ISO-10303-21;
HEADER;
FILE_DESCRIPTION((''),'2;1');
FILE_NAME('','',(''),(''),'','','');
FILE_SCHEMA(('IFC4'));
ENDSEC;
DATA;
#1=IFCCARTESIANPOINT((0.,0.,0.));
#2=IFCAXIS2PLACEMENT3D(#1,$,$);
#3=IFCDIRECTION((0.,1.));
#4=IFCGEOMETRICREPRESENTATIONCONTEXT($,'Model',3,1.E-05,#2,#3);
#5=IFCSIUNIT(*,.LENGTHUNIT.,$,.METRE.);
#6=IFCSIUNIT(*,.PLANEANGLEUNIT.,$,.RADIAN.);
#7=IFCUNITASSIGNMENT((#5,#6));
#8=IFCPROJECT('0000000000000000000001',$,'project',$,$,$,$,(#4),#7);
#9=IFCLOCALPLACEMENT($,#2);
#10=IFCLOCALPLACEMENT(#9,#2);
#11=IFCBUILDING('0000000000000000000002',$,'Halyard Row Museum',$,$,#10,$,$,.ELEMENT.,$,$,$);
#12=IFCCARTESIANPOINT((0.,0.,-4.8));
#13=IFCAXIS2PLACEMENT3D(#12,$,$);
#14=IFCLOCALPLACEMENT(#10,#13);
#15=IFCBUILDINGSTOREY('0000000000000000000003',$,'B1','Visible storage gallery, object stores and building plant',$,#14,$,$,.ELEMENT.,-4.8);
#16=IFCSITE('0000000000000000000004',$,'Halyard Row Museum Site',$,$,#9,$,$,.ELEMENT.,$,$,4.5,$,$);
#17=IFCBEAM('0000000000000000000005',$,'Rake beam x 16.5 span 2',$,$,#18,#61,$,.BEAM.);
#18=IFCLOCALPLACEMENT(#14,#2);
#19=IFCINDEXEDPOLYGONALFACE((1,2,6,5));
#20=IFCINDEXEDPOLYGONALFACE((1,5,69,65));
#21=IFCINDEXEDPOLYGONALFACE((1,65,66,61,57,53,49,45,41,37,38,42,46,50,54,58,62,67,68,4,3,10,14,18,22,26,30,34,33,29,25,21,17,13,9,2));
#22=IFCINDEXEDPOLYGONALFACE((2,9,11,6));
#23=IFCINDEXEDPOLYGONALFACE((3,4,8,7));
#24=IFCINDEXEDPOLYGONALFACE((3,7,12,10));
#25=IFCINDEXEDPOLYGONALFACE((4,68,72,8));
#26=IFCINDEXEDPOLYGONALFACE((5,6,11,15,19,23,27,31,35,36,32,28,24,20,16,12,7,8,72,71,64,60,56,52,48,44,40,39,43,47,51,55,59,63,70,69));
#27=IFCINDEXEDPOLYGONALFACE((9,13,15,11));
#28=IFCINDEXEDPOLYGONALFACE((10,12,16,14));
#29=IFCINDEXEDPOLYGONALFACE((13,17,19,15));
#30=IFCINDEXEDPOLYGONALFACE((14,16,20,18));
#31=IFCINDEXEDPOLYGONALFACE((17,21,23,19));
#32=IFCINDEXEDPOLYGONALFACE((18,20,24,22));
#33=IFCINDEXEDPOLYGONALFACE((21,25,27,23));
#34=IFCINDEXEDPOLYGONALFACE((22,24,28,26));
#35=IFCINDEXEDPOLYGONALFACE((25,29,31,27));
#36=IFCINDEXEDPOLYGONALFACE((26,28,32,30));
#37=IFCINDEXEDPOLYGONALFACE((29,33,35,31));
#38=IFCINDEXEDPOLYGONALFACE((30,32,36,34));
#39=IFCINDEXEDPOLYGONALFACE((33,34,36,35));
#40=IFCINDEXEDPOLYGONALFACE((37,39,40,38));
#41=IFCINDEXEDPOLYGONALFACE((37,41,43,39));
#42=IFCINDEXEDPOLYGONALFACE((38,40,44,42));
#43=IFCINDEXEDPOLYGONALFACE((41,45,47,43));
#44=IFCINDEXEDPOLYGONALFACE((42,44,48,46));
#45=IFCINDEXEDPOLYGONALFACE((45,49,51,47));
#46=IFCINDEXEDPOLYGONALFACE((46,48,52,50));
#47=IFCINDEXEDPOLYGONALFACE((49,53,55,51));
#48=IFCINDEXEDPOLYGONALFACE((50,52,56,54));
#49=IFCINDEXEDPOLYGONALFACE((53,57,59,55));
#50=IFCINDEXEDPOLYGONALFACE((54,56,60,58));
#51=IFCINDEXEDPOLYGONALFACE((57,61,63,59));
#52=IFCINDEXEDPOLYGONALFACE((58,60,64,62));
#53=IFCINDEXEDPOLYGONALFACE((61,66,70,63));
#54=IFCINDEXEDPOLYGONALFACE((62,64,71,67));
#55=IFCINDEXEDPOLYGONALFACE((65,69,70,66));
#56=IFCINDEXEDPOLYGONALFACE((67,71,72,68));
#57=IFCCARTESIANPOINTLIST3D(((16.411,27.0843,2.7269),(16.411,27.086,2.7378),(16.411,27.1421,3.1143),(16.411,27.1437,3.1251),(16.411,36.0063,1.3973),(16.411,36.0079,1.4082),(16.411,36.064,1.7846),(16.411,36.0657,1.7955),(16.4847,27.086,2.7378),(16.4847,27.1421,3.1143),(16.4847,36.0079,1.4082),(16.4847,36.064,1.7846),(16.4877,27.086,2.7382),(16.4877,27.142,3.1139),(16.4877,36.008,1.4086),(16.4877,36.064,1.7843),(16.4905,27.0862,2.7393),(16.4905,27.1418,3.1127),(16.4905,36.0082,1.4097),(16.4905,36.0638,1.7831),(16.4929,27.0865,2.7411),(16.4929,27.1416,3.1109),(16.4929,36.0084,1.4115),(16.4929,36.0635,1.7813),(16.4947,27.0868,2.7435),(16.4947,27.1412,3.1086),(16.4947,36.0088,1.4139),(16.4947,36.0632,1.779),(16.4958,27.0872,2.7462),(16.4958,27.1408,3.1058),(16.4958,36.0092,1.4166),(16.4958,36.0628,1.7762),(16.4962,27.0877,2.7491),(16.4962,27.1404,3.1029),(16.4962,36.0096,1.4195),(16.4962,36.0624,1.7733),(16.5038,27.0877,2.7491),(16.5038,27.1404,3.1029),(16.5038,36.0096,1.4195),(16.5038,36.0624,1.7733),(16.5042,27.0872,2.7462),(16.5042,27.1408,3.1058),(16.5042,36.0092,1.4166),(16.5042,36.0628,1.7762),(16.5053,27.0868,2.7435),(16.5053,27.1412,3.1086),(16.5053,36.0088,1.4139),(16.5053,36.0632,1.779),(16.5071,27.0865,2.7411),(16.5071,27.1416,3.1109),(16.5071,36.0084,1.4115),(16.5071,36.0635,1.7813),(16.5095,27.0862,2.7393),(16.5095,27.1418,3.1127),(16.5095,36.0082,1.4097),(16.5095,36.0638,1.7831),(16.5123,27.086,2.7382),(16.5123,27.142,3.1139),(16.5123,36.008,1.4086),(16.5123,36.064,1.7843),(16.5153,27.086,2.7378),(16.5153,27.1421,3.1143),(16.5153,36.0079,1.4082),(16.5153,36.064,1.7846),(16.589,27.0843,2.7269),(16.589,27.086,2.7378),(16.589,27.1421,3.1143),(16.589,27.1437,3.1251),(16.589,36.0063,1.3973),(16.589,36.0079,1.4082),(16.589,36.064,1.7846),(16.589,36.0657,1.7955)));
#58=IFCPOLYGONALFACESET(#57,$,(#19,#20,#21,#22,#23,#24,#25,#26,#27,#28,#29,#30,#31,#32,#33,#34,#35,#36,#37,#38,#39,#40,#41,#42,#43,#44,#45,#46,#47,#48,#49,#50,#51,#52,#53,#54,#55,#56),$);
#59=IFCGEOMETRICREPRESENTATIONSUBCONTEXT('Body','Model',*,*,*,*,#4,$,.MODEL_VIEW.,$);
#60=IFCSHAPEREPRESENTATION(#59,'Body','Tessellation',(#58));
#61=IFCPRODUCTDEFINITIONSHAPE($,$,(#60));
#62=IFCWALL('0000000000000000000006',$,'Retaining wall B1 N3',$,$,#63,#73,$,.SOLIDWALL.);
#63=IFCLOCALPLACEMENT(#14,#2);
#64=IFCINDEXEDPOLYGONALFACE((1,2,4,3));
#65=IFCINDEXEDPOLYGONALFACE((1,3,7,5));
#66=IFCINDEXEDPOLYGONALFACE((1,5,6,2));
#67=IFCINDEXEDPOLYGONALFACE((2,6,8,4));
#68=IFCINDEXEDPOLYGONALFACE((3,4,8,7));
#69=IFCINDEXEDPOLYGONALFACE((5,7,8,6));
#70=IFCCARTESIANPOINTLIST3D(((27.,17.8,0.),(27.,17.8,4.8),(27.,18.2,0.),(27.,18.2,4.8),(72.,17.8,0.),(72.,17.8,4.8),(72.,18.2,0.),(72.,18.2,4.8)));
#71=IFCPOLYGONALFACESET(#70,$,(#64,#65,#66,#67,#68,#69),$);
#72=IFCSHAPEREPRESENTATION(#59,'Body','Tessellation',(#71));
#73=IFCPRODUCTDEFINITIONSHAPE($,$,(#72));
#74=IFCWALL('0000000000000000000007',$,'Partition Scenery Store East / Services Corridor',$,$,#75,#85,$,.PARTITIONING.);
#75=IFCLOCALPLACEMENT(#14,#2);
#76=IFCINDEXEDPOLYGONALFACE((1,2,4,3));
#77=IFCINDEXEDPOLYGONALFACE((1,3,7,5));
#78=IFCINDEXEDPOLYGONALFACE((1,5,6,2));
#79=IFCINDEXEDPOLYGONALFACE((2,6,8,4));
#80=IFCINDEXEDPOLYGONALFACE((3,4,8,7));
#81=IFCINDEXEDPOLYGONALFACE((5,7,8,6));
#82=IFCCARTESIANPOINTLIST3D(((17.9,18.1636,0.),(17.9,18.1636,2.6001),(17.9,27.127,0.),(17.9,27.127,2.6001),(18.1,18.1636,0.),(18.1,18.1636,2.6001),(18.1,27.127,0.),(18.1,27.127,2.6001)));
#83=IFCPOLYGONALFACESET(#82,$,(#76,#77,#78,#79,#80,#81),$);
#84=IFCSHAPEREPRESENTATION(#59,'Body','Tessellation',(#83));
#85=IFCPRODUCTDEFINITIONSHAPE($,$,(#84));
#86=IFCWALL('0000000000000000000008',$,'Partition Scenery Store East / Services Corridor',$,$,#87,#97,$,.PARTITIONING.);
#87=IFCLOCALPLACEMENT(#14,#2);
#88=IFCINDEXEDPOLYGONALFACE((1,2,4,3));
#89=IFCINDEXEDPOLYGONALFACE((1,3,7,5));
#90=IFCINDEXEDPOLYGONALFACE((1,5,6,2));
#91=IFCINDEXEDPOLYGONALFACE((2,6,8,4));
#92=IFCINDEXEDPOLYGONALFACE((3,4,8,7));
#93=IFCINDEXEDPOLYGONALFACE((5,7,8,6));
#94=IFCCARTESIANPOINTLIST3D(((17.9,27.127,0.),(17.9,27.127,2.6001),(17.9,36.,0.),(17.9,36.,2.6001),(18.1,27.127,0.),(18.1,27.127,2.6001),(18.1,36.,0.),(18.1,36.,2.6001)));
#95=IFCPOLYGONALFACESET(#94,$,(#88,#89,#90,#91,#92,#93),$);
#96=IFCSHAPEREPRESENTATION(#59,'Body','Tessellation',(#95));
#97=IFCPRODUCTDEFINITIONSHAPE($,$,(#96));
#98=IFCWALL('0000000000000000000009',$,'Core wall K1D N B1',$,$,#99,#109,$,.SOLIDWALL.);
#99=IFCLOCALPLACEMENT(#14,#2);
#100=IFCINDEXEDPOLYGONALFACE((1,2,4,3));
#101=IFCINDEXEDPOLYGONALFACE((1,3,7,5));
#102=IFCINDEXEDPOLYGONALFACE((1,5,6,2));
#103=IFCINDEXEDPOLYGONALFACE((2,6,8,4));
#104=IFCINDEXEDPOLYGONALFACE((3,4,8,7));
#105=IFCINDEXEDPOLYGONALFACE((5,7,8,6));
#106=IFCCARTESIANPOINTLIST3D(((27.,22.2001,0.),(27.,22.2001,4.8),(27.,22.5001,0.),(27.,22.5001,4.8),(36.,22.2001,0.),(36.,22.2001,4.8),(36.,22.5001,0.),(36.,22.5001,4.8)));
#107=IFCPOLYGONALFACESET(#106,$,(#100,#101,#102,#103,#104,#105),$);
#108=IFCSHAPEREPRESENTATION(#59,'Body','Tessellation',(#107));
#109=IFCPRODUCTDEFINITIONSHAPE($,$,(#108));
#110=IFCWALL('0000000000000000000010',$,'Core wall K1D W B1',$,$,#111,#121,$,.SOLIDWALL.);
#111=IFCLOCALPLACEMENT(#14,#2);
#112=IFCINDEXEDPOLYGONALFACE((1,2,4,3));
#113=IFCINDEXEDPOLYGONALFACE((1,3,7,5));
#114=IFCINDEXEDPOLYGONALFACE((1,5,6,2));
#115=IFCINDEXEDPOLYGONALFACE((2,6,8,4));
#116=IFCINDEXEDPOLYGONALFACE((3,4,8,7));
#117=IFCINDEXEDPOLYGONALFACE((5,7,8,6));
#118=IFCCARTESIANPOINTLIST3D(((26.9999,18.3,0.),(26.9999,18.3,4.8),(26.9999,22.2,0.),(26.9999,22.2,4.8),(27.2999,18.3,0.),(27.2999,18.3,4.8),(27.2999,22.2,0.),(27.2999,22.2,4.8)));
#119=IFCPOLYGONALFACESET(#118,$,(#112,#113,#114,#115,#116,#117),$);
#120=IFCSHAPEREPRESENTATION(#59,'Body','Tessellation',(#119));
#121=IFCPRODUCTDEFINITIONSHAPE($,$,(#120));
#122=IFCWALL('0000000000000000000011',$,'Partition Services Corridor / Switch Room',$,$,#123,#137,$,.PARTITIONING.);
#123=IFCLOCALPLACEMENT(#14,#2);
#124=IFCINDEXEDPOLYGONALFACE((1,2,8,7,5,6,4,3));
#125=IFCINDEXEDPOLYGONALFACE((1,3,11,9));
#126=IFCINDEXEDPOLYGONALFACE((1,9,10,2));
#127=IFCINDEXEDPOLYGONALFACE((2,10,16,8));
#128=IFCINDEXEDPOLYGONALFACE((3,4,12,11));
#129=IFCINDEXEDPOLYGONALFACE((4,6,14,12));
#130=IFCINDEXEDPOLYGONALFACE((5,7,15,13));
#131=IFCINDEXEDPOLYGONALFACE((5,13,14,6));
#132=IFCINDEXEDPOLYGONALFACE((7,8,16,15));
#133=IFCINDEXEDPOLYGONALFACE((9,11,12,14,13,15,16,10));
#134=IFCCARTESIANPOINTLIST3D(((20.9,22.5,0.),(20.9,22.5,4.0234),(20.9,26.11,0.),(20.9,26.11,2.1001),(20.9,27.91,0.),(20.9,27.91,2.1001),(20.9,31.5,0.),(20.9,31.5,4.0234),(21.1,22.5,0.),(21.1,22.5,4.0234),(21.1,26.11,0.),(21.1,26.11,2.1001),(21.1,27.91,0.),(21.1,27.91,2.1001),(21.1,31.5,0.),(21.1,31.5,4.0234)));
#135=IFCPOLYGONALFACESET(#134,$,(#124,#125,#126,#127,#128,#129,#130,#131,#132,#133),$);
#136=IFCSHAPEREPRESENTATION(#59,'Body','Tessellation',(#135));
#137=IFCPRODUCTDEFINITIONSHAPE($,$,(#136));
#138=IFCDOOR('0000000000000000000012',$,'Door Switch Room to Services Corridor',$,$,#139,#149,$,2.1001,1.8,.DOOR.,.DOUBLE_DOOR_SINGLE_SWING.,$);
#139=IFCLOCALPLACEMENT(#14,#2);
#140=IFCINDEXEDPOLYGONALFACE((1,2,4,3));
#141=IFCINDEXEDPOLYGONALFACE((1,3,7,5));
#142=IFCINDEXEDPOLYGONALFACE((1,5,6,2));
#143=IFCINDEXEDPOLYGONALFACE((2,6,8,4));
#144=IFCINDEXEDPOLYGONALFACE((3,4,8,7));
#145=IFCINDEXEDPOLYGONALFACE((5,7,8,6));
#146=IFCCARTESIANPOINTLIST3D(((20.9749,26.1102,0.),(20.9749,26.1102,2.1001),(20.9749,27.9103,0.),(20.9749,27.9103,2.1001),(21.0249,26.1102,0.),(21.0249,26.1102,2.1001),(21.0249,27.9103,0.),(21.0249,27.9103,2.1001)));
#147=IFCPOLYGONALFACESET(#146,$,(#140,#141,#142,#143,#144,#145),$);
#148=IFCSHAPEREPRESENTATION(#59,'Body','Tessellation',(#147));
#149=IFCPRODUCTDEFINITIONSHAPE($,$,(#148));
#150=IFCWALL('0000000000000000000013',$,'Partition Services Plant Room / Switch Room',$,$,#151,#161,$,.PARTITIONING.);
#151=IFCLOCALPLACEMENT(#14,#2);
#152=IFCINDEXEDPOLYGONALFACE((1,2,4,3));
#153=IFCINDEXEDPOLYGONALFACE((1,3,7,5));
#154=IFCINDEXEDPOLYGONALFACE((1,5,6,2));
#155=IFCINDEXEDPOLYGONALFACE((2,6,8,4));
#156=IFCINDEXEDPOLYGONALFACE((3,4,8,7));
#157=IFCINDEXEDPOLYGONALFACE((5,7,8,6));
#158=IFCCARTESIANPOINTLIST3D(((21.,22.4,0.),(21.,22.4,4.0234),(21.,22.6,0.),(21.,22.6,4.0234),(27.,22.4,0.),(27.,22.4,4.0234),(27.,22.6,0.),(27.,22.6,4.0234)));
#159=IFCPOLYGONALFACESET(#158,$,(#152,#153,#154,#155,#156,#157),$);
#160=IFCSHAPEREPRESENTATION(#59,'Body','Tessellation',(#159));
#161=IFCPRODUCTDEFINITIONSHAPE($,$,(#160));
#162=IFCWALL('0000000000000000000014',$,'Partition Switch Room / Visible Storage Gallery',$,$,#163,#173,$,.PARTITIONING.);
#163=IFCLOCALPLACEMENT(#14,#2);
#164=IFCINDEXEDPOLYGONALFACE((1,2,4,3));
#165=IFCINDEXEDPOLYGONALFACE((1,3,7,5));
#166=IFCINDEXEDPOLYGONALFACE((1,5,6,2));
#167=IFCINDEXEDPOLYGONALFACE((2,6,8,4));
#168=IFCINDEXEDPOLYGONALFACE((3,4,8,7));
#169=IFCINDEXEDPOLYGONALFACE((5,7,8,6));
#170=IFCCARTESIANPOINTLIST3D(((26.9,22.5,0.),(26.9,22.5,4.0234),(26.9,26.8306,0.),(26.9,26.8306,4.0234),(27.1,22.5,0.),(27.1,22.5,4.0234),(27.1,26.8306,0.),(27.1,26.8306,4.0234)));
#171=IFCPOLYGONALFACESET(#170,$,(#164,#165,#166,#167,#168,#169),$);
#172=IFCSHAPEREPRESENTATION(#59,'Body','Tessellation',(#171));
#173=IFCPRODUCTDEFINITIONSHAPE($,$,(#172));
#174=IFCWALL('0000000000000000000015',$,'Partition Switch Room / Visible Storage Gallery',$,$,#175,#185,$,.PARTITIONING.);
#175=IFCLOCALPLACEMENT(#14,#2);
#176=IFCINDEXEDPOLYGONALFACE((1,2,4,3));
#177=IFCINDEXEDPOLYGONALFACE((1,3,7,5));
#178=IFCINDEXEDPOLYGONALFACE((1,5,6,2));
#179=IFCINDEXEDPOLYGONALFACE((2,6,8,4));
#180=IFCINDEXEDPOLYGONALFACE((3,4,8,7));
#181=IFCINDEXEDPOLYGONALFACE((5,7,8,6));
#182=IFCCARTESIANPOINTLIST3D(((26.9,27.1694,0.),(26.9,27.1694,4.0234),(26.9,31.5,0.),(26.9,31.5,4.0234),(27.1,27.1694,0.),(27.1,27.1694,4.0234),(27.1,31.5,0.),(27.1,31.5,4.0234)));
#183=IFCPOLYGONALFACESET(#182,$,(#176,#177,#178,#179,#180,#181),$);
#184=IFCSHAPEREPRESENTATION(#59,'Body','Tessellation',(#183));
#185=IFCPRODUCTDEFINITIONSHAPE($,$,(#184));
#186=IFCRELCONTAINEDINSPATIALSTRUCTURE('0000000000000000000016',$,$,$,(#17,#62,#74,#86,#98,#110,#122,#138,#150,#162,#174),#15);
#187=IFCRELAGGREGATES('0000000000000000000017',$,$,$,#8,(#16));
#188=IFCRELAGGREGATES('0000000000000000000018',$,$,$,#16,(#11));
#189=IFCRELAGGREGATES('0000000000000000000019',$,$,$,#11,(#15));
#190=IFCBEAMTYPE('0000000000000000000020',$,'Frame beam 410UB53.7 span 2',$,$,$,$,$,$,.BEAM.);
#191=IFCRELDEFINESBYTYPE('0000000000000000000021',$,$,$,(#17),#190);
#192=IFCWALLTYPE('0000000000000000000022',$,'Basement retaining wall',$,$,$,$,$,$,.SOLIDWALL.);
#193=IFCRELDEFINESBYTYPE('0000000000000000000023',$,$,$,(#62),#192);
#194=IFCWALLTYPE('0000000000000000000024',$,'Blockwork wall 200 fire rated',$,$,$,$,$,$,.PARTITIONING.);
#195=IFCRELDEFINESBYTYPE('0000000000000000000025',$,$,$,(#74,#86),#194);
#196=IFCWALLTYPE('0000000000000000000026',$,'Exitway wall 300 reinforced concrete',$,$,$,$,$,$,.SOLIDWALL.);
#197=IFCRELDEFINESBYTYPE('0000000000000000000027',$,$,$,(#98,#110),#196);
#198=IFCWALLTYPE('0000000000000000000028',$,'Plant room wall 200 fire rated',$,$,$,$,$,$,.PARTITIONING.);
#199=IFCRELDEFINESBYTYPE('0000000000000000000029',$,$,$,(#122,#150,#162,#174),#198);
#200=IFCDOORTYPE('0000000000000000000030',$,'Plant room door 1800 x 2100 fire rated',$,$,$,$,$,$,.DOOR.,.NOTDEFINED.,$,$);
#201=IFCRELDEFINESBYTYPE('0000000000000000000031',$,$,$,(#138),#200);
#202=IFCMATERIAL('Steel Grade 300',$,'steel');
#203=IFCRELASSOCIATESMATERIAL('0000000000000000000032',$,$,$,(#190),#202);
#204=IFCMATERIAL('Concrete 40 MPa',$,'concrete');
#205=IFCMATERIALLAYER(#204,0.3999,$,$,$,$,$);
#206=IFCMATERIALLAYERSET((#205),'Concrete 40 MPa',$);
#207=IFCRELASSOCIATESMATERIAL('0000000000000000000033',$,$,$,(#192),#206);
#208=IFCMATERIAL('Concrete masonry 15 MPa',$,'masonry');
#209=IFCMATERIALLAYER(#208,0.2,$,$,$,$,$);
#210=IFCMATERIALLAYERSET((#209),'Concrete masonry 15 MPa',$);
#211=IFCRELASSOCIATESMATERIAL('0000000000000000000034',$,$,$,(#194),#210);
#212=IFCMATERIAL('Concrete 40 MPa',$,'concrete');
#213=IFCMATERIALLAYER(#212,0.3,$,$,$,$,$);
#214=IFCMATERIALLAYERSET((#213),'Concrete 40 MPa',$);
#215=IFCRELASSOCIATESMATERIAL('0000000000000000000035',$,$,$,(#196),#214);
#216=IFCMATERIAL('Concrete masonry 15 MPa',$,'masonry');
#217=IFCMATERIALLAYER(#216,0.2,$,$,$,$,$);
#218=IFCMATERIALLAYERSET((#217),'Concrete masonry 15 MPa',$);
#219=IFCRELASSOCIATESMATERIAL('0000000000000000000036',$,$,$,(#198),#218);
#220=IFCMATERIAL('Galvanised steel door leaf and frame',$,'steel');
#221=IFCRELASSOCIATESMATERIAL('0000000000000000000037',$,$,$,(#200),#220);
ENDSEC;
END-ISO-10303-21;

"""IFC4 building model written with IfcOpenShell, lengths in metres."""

from ifc_helpers import new_model, si_unit, direction, frame, frame_2d, origin, origin_2d, place, context, subcontext, project, spatial, rectangle, i_section, extrude, material, layer, layer_set, material_profile, profile_set, type_object, element, fill, save


model = new_model("IFC4")

# Units and contexts
model_context = context("Model", 3, precision=1e-05, world=origin(), true_north=direction((0.0, 1.0)))
body_context = subcontext(model_context, "Body", "Model", "MODEL_VIEW")
ifc_project = project(units=[si_unit("LENGTHUNIT", "METRE"), si_unit("PLANEANGLEUNIT", "RADIAN")], contexts=[model_context])

# Site, building, storey
site_placement = place(None, origin())
site = spatial("IfcSite", under=ifc_project, at=site_placement, Name="Halyard Row Museum Site", CompositionType="ELEMENT", RefElevation=4.5)
building_placement = place(site_placement, origin())
building = spatial("IfcBuilding", under=site, at=building_placement, Name="Halyard Row Museum", CompositionType="ELEMENT")
storey_placement = place(building_placement, frame((0.0, 0.0, -4.8)))
storey = spatial("IfcBuildingStorey", under=building, at=storey_placement, Name="B1", Description="Visible storage gallery, object stores and building plant", CompositionType="ELEMENT", Elevation=-4.8)

# Beam
ifc_material_1 = material(Name="Steel Grade 300", Category="steel")
ifc_material_profile_1 = material_profile(ifc_material_1, i_section(OverallWidth=0.178, OverallDepth=0.4026, WebThickness=0.0076, FlangeThickness=0.011, FilletRadius=0.0115, at=origin_2d()), Name="410UB53.7")
ifc_profile_set_1 = profile_set([ifc_material_profile_1], Name="Steel Grade 300")
beam_type_1 = type_object("IfcBeamType", Name="Frame beam 410UB53.7 span 2", PredefinedType="BEAM", material=ifc_profile_set_1)
beam_1_placement = place(storey_placement, frame((16.5, 27.114, 2.926), z_axis=(0.0, 0.989077, -0.147398), x_axis=(-1.0, 0.0, 0.0)))
element("IfcBeam", 1, at=beam_1_placement, inside=storey, type_object=beam_type_1, Name="Rake beam x 16.5 span 2", PredefinedType="BEAM", context=body_context, shape_type="SweptSolid", body=[
    extrude(i_section(OverallWidth=0.178, OverallDepth=0.4026, WebThickness=0.0076, FlangeThickness=0.011, FilletRadius=0.0115, at=origin_2d()), origin(), (0.0, 0.0, 1.0), 9.0205),
])

# Walls
ifc_material_2 = material(Name="Concrete 40 MPa", Category="concrete")
ifc_layer_1 = layer(ifc_material_2, 0.3999)
ifc_layer_set_1 = layer_set([ifc_layer_1], Name="Concrete 40 MPa")
wall_type_1 = type_object("IfcWallType", Name="Basement retaining wall", PredefinedType="SOLIDWALL", material=ifc_layer_set_1)
wall_1_placement = place(storey_placement, frame((27.0, 18.0, 0.0), z_axis=(0.0, 0.0, 1.0), x_axis=(1.0, 0.0, 0.0)))
element("IfcWall", 2, at=wall_1_placement, inside=storey, type_object=wall_type_1, Name="Retaining wall B1 N3", PredefinedType="SOLIDWALL", context=body_context, shape_type="SweptSolid", body=[
    extrude(rectangle(XDim=45.0, YDim=0.3999, at=frame_2d((22.5, 0.0))), origin(), (0.0, 0.0, 1.0), 4.8),
])
ifc_material_3 = material(Name="Concrete masonry 15 MPa", Category="masonry")
ifc_layer_2 = layer(ifc_material_3, 0.2)
ifc_layer_set_2 = layer_set([ifc_layer_2], Name="Concrete masonry 15 MPa")
wall_type_2 = type_object("IfcWallType", Name="Blockwork wall 200 fire rated", PredefinedType="PARTITIONING", material=ifc_layer_set_2)
wall_2_placement = place(storey_placement, frame((18.0, 18.1636, 0.0), z_axis=(0.0, 0.0, 1.0), x_axis=(0.0, 1.0, 0.0)))
element("IfcWall", 3, at=wall_2_placement, inside=storey, type_object=wall_type_2, Name="Partition Scenery Store East / Services Corridor", PredefinedType="PARTITIONING", context=body_context, shape_type="SweptSolid", body=[
    extrude(rectangle(XDim=8.9634, YDim=0.2, at=frame_2d((4.4817, 0.0))), origin(), (0.0, 0.0, 1.0), 2.6001),
])
wall_3_placement = place(storey_placement, frame((18.0, 27.127, 0.0), z_axis=(0.0, 0.0, 1.0), x_axis=(0.0, 1.0, 0.0)))
element("IfcWall", 4, at=wall_3_placement, inside=storey, type_object=wall_type_2, Name="Partition Scenery Store East / Services Corridor", PredefinedType="PARTITIONING", context=body_context, shape_type="SweptSolid", body=[
    extrude(rectangle(XDim=8.873, YDim=0.2, at=frame_2d((4.4365, 0.0))), origin(), (0.0, 0.0, 1.0), 2.6001),
])
ifc_material_4 = material(Name="Concrete 40 MPa", Category="concrete")
ifc_layer_3 = layer(ifc_material_4, 0.3)
ifc_layer_set_3 = layer_set([ifc_layer_3], Name="Concrete 40 MPa")
wall_type_3 = type_object("IfcWallType", Name="Exitway wall 300 reinforced concrete", PredefinedType="SOLIDWALL", material=ifc_layer_set_3)
wall_4_placement = place(storey_placement, frame((27.0, 22.3501, 0.0), z_axis=(0.0, 0.0, 1.0), x_axis=(1.0, 0.0, 0.0)))
element("IfcWall", 5, at=wall_4_placement, inside=storey, type_object=wall_type_3, Name="Core wall K1D N B1", PredefinedType="SOLIDWALL", context=body_context, shape_type="SweptSolid", body=[
    extrude(rectangle(XDim=9.0, YDim=0.3, at=frame_2d((4.5, 0.0))), origin(), (0.0, 0.0, 1.0), 4.8),
])
wall_5_placement = place(storey_placement, frame((27.1499, 18.3, 0.0), z_axis=(0.0, 0.0, 1.0), x_axis=(0.0, 1.0, 0.0)))
element("IfcWall", 6, at=wall_5_placement, inside=storey, type_object=wall_type_3, Name="Core wall K1D W B1", PredefinedType="SOLIDWALL", context=body_context, shape_type="SweptSolid", body=[
    extrude(rectangle(XDim=3.8999, YDim=0.3, at=frame_2d((1.95, 0.0))), origin(), (0.0, 0.0, 1.0), 4.8),
])

# Wall, opening, door
ifc_material_5 = material(Name="Concrete masonry 15 MPa", Category="masonry")
ifc_layer_4 = layer(ifc_material_5, 0.2)
ifc_layer_set_4 = layer_set([ifc_layer_4], Name="Concrete masonry 15 MPa")
wall_type_4 = type_object("IfcWallType", Name="Plant room wall 200 fire rated", PredefinedType="PARTITIONING", material=ifc_layer_set_4)
wall_6_placement = place(storey_placement, frame((21.0, 22.5, 0.0), z_axis=(0.0, 0.0, 1.0), x_axis=(0.0, 1.0, 0.0)))
wall_6 = element("IfcWall", 7, at=wall_6_placement, inside=storey, type_object=wall_type_4, Name="Partition Services Corridor / Switch Room", PredefinedType="PARTITIONING", context=body_context, shape_type="SweptSolid", body=[
    extrude(rectangle(XDim=9.0, YDim=0.2, at=frame_2d((4.5, 0.0))), origin(), (0.0, 0.0, 1.0), 4.0234),
])
opening_placement = place(wall_6_placement, frame((3.6101, 0.0, 0.0)))
opening = element("IfcOpeningElement", 8, at=opening_placement, cuts=wall_6, PredefinedType="OPENING", context=body_context, shape_type="SweptSolid", body=[
    extrude(rectangle(XDim=1.8, YDim=2.1001, at=frame_2d((0.8999, 1.05))), frame((0.0, 0.1099, 0.0), z_axis=(0.0, -1.0, 0.0), x_axis=(1.0, 0.0, 0.0)), (0.0, 0.0, 1.0), 0.22),
])
ifc_material_6 = material(Name="Galvanised steel door leaf and frame", Category="steel")
door_type = type_object("IfcDoorType", Name="Plant room door 1800 x 2100 fire rated", OperationType="NOTDEFINED", PredefinedType="DOOR", material=ifc_material_6)
door_placement = place(opening_placement, frame((1.8, 0.0, 0.0), z_axis=(0.0, 0.0, 1.0), x_axis=(-1.0, 0.0, 0.0)))
door = element("IfcDoor", 9, at=door_placement, inside=storey, type_object=door_type, Name="Door Switch Room to Services Corridor", OperationType="DOUBLE_DOOR_SINGLE_SWING", OverallHeight=2.1001, OverallWidth=1.8, PredefinedType="DOOR", context=body_context, shape_type="SweptSolid", body=[
    extrude(rectangle(XDim=1.8, YDim=2.1001, at=frame_2d((0.8999, 1.05))), frame((0.0, 0.0249, 0.0), z_axis=(0.0, -1.0, 0.0), x_axis=(1.0, 0.0, 0.0)), (0.0, 0.0, 1.0), 0.05),
])
fill(opening, door)

# Walls
wall_7_placement = place(storey_placement, frame((21.0, 22.5, 0.0), z_axis=(0.0, 0.0, 1.0), x_axis=(1.0, 0.0, 0.0)))
element("IfcWall", 10, at=wall_7_placement, inside=storey, type_object=wall_type_4, Name="Partition Services Plant Room / Switch Room", PredefinedType="PARTITIONING", context=body_context, shape_type="SweptSolid", body=[
    extrude(rectangle(XDim=6.0, YDim=0.2, at=frame_2d((3.0, 0.0))), origin(), (0.0, 0.0, 1.0), 4.0234),
])
for number, where, z_axis, x_axis, name in (
    (11, (27.0, 22.5, 0.0), (0.0, 0.0, 1.0), (0.0, 1.0, 0.0), "Partition Switch Room / Visible Storage Gallery"),
    (12, (27.0, 27.1694, 0.0), (0.0, 0.0, 1.0), (0.0, 1.0, 0.0), "Partition Switch Room / Visible Storage Gallery"),
):
    element("IfcWall", number, at=place(storey_placement, frame(where, z_axis=z_axis, x_axis=x_axis)), inside=storey, type_object=wall_type_4, Name=name, PredefinedType="PARTITIONING", context=body_context, shape_type="SweptSolid", body=[
        extrude(rectangle(XDim=4.3306, YDim=0.2, at=frame_2d((2.1653, 0.0))), origin(), (0.0, 0.0, 1.0), 4.0234),
    ])

save(model, "model.ifc")
